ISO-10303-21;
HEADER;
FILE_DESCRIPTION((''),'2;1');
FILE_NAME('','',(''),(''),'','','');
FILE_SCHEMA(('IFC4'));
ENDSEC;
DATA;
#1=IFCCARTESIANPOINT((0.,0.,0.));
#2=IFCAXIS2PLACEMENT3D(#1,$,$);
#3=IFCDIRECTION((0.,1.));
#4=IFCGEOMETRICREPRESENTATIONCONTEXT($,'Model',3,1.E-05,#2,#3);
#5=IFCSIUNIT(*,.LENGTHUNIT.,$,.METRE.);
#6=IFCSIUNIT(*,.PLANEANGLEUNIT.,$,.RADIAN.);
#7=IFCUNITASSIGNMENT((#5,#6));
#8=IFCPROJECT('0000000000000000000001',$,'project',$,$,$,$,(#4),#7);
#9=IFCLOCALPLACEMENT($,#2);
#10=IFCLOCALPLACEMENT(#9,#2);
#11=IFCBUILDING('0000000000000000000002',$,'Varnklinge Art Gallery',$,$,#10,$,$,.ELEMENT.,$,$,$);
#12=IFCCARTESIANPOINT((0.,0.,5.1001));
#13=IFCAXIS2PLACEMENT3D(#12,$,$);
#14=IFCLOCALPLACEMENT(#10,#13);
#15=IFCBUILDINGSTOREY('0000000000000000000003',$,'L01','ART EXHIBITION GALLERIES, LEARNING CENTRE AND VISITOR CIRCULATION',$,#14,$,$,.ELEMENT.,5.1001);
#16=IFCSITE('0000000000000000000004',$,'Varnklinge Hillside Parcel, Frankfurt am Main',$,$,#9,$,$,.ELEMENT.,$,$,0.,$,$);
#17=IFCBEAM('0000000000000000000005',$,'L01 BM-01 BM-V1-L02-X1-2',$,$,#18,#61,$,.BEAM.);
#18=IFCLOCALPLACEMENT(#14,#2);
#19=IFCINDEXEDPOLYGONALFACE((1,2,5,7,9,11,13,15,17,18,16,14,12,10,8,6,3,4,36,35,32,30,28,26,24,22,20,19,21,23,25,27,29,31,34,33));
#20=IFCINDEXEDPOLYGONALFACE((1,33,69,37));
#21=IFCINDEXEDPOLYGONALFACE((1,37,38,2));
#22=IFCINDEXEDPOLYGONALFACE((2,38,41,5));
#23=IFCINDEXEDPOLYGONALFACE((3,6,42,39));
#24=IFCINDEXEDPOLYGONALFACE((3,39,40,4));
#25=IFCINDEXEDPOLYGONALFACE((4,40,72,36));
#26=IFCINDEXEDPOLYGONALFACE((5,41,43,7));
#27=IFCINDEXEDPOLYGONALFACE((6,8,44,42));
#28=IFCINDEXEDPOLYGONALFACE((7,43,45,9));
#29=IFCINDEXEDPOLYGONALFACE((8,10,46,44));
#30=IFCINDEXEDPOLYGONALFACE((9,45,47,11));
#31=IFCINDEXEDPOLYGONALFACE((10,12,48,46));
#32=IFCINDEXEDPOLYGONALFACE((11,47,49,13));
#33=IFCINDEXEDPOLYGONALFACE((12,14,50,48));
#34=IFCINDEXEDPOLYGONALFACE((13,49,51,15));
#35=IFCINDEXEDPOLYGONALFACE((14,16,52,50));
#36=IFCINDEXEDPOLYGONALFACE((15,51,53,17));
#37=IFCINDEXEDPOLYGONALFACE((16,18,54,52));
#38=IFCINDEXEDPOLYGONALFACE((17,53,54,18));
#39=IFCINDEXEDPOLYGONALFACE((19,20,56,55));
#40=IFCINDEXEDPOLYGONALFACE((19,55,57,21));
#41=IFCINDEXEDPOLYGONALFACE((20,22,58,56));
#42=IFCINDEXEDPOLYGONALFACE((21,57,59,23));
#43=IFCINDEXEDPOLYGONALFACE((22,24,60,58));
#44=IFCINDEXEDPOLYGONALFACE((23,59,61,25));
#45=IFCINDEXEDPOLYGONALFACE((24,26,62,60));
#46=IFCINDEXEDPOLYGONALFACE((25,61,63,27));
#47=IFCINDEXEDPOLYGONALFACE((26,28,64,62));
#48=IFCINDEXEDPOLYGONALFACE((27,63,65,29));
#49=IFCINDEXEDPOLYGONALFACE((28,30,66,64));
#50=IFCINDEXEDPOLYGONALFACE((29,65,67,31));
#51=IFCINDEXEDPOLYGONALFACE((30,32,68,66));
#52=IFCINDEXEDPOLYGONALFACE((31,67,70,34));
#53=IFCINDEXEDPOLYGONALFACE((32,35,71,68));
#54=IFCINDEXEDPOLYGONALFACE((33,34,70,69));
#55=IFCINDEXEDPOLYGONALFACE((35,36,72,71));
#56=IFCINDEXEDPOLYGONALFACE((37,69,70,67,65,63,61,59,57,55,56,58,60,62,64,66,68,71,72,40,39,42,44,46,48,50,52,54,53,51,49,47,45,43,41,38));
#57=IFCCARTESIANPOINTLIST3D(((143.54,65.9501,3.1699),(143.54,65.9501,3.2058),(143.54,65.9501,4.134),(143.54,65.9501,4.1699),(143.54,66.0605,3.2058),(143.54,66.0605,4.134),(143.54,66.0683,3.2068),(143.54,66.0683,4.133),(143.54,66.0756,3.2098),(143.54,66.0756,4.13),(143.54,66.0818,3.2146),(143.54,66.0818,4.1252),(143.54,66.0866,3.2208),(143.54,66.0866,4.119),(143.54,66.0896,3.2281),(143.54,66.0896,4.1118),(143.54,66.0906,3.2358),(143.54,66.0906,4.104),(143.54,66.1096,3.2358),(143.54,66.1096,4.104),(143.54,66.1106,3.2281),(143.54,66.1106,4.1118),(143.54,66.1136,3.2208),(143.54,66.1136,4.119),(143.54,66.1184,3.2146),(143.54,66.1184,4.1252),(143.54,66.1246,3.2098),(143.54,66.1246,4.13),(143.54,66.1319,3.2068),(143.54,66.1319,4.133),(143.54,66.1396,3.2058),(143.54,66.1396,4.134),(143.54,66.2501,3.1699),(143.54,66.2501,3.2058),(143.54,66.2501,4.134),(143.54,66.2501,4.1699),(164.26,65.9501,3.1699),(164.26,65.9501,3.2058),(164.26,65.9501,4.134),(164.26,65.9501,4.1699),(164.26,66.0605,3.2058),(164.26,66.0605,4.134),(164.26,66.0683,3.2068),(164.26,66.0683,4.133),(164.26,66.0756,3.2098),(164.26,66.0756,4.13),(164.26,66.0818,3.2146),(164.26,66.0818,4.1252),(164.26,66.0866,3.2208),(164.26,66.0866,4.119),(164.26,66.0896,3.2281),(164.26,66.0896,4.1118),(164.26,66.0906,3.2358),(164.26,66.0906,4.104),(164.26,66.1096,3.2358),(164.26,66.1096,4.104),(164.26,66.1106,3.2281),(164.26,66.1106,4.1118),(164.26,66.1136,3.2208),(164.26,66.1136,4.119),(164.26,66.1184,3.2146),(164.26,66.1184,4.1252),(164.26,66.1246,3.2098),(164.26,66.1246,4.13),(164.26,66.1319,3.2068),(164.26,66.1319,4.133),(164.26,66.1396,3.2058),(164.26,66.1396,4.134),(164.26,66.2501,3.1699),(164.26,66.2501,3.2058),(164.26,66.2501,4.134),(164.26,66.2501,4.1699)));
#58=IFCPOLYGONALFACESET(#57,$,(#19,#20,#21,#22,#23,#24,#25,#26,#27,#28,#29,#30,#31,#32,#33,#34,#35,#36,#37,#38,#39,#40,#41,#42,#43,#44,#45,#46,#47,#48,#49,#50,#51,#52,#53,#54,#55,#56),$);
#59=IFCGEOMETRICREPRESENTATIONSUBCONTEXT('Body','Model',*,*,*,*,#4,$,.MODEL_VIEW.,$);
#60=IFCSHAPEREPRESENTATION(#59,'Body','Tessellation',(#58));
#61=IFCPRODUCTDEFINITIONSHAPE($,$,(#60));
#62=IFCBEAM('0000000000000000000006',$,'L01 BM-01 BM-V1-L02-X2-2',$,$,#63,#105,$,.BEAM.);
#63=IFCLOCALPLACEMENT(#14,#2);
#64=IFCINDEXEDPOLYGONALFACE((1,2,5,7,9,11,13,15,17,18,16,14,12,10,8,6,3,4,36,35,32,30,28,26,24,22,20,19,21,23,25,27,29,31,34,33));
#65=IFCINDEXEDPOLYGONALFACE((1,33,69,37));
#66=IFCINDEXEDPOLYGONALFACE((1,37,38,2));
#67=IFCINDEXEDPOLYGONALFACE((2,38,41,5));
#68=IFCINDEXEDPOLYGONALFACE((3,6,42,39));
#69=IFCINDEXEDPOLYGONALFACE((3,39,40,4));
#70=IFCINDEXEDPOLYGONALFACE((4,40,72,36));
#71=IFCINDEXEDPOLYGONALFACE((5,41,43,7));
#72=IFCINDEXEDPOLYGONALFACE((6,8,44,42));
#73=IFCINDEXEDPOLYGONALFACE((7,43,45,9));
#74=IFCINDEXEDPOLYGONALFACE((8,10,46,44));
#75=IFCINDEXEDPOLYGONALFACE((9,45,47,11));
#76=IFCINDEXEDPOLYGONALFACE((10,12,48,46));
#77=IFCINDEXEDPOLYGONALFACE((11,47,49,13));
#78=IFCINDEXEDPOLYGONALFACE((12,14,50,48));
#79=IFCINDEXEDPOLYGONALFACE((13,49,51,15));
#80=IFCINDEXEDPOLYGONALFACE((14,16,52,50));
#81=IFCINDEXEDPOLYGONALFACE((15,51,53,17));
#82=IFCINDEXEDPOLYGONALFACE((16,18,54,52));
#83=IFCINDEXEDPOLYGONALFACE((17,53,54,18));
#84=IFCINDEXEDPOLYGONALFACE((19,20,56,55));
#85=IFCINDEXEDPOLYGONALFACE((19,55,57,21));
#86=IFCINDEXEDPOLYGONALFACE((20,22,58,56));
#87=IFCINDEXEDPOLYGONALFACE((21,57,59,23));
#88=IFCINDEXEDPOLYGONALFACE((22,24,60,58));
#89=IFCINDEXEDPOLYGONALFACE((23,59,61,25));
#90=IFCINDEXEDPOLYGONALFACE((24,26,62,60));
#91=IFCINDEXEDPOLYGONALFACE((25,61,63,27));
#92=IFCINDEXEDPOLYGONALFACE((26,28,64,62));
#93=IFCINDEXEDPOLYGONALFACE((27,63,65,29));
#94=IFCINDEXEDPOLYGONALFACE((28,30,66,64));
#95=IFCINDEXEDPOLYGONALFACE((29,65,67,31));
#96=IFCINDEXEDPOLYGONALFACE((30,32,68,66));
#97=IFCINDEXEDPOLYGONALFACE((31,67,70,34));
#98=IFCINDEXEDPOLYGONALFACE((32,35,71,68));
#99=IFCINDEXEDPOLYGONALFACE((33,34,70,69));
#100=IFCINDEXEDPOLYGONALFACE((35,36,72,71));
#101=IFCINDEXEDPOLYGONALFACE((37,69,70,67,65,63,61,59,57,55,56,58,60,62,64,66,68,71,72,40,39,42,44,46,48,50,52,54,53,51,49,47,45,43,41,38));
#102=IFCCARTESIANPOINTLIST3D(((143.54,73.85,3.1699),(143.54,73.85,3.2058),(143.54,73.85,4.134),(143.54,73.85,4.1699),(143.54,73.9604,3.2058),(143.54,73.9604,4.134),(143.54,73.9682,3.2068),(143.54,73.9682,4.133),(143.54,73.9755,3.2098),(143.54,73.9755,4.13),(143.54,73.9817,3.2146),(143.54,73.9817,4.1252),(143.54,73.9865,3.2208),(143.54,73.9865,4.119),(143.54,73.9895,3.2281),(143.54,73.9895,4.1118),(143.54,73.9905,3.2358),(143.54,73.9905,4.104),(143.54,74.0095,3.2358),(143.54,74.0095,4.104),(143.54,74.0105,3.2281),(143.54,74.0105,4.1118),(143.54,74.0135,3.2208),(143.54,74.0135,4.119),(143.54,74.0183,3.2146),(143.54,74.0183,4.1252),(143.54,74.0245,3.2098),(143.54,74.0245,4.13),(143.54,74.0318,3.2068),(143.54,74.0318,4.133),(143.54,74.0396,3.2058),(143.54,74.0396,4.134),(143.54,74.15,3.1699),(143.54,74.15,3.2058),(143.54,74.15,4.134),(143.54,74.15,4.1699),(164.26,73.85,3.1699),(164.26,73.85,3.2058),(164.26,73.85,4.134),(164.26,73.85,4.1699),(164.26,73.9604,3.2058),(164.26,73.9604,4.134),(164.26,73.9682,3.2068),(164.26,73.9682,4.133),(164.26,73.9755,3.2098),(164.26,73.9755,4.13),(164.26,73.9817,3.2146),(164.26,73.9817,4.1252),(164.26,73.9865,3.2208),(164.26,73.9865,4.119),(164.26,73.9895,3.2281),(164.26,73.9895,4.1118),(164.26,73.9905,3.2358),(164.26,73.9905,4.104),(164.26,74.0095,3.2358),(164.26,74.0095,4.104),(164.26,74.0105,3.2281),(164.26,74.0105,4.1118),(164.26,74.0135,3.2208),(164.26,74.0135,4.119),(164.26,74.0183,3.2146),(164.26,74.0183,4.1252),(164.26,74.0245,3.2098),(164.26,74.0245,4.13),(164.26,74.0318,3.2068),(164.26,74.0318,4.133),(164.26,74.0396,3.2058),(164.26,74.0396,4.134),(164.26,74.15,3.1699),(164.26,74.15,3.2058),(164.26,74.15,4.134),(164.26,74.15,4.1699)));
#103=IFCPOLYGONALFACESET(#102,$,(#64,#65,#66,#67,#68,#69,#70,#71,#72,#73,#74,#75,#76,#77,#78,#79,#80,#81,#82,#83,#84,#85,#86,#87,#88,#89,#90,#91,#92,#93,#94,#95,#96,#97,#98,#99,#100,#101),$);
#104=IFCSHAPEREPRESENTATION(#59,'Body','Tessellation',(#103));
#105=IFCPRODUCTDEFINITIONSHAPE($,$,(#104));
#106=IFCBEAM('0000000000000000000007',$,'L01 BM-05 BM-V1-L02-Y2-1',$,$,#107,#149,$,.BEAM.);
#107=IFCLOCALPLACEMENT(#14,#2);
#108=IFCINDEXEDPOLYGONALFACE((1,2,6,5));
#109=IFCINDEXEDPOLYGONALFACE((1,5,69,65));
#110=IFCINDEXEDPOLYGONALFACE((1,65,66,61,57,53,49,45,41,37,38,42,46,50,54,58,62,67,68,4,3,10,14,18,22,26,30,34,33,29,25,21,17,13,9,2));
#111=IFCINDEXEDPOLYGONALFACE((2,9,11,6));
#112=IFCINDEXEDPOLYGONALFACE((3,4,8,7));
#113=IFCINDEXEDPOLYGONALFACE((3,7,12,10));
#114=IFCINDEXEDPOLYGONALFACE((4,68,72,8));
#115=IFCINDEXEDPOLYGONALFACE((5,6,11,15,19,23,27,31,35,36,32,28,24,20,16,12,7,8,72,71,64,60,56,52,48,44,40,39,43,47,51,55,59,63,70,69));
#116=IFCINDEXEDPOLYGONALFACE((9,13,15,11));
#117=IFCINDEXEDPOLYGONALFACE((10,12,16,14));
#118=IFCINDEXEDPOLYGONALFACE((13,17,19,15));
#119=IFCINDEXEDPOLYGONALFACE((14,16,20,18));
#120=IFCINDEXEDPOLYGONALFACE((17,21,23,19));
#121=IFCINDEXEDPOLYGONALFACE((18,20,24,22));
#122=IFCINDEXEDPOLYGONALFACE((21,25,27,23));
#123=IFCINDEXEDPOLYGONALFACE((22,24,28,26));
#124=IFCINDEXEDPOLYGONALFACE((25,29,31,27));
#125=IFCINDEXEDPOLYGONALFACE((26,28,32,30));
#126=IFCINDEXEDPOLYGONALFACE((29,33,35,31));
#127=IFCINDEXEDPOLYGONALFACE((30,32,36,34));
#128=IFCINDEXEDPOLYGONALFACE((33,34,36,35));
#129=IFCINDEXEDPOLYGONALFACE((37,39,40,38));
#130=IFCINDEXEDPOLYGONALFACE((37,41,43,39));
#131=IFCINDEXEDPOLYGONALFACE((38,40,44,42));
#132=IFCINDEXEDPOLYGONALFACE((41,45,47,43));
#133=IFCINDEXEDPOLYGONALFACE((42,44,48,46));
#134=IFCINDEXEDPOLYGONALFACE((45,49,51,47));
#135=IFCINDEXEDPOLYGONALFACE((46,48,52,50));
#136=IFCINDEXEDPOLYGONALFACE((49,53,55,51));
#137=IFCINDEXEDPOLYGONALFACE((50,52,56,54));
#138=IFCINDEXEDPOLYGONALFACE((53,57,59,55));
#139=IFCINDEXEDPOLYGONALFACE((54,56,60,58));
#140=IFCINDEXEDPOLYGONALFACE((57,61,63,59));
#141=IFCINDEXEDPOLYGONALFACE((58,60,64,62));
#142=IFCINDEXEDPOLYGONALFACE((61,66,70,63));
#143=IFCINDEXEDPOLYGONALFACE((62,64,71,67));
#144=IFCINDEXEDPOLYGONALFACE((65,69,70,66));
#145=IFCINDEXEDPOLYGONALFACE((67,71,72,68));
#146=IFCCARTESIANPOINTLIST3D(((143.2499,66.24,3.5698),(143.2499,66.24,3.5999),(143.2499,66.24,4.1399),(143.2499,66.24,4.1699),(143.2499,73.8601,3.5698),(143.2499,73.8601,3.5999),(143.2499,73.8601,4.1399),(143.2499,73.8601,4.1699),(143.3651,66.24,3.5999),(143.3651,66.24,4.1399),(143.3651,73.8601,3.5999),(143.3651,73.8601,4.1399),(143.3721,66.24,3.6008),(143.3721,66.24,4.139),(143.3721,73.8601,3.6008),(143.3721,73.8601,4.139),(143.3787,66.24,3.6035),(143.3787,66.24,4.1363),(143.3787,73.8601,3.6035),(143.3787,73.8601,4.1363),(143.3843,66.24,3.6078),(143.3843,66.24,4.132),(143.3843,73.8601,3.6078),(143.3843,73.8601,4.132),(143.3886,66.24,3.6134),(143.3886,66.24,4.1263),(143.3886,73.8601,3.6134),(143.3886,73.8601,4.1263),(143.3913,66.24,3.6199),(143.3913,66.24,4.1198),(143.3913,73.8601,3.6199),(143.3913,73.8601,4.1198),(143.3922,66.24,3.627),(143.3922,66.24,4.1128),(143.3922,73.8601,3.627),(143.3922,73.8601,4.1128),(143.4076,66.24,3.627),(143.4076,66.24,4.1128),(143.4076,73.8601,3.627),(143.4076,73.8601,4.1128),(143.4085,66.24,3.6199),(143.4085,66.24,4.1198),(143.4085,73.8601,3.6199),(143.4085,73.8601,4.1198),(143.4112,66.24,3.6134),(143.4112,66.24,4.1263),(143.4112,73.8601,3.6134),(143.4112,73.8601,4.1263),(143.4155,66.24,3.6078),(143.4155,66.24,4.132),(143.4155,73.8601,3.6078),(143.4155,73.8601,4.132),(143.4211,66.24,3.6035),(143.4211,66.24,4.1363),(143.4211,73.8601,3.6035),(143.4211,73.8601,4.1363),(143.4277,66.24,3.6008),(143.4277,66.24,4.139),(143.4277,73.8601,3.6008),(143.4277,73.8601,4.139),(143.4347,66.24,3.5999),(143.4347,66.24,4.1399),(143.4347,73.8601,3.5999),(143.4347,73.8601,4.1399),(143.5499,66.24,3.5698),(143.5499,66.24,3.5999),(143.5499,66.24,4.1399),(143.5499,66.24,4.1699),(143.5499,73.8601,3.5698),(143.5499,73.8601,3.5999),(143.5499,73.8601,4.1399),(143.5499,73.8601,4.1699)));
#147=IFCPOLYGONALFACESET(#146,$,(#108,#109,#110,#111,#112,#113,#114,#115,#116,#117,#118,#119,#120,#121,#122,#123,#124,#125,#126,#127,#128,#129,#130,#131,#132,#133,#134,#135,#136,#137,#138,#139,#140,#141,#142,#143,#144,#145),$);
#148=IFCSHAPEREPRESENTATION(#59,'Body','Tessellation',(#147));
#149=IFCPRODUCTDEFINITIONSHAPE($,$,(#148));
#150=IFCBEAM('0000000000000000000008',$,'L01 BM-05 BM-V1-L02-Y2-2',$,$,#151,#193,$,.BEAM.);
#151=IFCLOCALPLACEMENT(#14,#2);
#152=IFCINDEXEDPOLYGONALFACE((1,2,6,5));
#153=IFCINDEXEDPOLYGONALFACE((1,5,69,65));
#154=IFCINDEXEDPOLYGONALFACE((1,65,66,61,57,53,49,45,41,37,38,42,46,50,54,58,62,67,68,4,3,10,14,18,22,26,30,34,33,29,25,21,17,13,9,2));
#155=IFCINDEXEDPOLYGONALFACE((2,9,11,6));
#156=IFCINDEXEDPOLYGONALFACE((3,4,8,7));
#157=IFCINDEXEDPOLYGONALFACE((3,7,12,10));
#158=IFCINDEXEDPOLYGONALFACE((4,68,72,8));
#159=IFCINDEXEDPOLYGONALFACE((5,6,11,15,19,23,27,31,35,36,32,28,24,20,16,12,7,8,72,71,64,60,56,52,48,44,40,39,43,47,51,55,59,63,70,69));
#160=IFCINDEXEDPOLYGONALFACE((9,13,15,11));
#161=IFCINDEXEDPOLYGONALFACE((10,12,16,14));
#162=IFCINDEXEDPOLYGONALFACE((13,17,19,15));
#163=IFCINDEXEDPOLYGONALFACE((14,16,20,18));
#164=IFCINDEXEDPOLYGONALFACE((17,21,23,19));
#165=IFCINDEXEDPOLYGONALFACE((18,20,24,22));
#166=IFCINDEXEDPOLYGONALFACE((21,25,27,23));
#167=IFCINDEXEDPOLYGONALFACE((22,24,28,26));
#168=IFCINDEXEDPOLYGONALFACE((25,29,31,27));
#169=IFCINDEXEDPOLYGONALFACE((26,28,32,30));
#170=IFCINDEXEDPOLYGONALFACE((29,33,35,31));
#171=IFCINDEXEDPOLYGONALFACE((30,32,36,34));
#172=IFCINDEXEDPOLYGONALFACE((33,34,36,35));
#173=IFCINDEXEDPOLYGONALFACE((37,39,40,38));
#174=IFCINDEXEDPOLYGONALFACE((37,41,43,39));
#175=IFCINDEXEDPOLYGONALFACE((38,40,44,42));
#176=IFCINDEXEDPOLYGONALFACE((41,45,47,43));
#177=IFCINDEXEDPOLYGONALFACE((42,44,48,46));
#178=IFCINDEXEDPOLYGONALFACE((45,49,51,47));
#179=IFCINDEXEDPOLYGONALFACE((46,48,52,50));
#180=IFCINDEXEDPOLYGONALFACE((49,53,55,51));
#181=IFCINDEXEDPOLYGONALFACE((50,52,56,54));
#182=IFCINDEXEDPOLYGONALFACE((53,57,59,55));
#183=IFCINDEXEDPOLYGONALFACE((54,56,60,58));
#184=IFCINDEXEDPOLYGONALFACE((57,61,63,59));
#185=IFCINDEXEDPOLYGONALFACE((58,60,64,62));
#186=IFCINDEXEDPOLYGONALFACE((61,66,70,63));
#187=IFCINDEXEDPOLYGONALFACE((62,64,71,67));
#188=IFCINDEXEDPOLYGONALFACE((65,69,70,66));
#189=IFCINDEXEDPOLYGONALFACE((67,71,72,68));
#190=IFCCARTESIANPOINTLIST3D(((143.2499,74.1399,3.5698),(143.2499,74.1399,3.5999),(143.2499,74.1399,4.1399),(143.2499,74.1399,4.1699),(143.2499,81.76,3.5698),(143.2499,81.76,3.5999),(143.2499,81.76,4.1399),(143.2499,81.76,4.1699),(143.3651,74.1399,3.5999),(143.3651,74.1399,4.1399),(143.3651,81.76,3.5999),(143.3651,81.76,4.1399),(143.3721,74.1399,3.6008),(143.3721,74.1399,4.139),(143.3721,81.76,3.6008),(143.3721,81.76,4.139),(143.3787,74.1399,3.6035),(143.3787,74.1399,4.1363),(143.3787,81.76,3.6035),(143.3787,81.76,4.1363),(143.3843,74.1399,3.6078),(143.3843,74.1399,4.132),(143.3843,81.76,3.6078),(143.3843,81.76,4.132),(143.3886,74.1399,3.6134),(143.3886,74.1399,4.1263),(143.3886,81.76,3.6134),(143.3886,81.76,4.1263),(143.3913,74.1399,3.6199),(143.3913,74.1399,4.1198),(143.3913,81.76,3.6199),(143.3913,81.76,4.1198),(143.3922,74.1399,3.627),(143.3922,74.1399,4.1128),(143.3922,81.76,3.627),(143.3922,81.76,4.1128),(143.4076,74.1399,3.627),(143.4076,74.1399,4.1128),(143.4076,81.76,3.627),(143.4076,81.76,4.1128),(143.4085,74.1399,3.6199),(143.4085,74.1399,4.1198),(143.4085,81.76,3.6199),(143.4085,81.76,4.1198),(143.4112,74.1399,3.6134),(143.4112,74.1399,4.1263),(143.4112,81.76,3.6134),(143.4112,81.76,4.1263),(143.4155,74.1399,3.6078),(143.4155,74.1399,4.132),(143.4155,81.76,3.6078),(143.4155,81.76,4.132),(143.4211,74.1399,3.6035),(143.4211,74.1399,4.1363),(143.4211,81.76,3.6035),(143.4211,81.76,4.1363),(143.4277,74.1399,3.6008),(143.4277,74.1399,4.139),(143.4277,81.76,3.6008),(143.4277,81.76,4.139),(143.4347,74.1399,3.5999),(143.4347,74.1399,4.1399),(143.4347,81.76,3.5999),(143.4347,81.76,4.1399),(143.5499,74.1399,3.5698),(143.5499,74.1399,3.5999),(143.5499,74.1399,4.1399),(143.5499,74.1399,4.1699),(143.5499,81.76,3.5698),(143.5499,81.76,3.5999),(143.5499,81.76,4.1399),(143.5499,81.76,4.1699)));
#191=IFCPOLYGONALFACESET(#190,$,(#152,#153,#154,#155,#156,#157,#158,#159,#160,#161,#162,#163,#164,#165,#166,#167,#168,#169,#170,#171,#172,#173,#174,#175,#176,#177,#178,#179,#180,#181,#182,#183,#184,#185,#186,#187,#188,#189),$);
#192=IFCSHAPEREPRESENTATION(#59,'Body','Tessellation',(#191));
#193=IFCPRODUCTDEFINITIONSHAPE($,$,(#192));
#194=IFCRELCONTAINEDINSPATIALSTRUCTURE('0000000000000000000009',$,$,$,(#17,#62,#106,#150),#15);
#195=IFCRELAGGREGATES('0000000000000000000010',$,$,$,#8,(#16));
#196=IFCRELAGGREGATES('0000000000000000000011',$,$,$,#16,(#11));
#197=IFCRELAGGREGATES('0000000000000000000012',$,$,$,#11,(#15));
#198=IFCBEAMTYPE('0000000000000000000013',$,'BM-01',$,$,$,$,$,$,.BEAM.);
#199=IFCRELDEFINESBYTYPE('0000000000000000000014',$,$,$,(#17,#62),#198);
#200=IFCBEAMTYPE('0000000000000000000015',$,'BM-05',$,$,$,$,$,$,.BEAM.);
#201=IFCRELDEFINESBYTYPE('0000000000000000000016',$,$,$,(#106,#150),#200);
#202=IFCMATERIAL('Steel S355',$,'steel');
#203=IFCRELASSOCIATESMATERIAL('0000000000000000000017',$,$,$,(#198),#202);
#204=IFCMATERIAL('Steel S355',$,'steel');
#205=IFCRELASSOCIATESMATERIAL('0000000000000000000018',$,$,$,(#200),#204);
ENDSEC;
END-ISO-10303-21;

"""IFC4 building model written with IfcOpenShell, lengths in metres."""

from ifc_helpers import new_model, si_unit, direction, frame, origin, origin_2d, place, context, subcontext, project, spatial, i_section, extrude, material, material_profile, profile_set, type_object, element, save


model = new_model("IFC4")

# Units and contexts
model_context = context("Model", 3, precision=1e-05, world=origin(), true_north=direction((0.0, 1.0)))
body_context = subcontext(model_context, "Body", "Model", "MODEL_VIEW")
ifc_project = project(units=[si_unit("LENGTHUNIT", "METRE"), si_unit("PLANEANGLEUNIT", "RADIAN")], contexts=[model_context])

# Site, building, storey
site_placement = place(None, origin())
site = spatial("IfcSite", under=ifc_project, at=site_placement, Name="Varnklinge Hillside Parcel, Frankfurt am Main", CompositionType="ELEMENT", RefElevation=0.0)
building_placement = place(site_placement, origin())
building = spatial("IfcBuilding", under=site, at=building_placement, Name="Varnklinge Art Gallery", CompositionType="ELEMENT")
storey_placement = place(building_placement, frame((0.0, 0.0, 5.1001)))
storey = spatial("IfcBuildingStorey", under=building, at=storey_placement, Name="L01", Description="ART EXHIBITION GALLERIES, LEARNING CENTRE AND VISITOR CIRCULATION", CompositionType="ELEMENT", Elevation=5.1001)

# Beams
ifc_material_1 = material(Name="Steel S355", Category="steel")
ifc_material_profile_1 = material_profile(ifc_material_1, i_section(OverallWidth=0.3, OverallDepth=1.0, WebThickness=0.019, FlangeThickness=0.0359, FilletRadius=0.03, at=origin_2d()), Name="HEB 1000")
ifc_profile_set_1 = profile_set([ifc_material_profile_1], Name="Steel S355")
beam_type_1 = type_object("IfcBeamType", Name="BM-01", PredefinedType="BEAM", material=ifc_profile_set_1)
for number, where, z_axis, x_axis, name in (
    (1, (143.54, 66.1001, 3.6699), (1.0, 0.0, 0.0), (0.0, 1.0, 0.0), "L01 BM-01 BM-V1-L02-X1-2"),
    (2, (143.54, 74.0, 3.6699), (1.0, 0.0, 0.0), (0.0, 1.0, 0.0), "L01 BM-01 BM-V1-L02-X2-2"),
):
    element("IfcBeam", number, at=place(storey_placement, frame(where, z_axis=z_axis, x_axis=x_axis)), inside=storey, type_object=beam_type_1, Name=name, PredefinedType="BEAM", context=body_context, shape_type="SweptSolid", body=[
        extrude(i_section(OverallWidth=0.3, OverallDepth=1.0, WebThickness=0.019, FlangeThickness=0.0359, FilletRadius=0.03, at=origin_2d()), origin(), (0.0, 0.0, 1.0), 20.72),
    ])
ifc_material_2 = material(Name="Steel S355", Category="steel")
ifc_material_profile_2 = material_profile(ifc_material_2, i_section(OverallWidth=0.3, OverallDepth=0.6001, WebThickness=0.0154, FlangeThickness=0.03, FilletRadius=0.0271, at=origin_2d()), Name="HEB 600")
ifc_profile_set_2 = profile_set([ifc_material_profile_2], Name="Steel S355")
beam_type_2 = type_object("IfcBeamType", Name="BM-05", PredefinedType="BEAM", material=ifc_profile_set_2)
for number, where, z_axis, x_axis, name in (
    (3, (143.3999, 66.24, 3.8699), (0.0, 1.0, 0.0), (-1.0, 0.0, 0.0), "L01 BM-05 BM-V1-L02-Y2-1"),
    (4, (143.3999, 74.1399, 3.8699), (0.0, 1.0, 0.0), (-1.0, 0.0, 0.0), "L01 BM-05 BM-V1-L02-Y2-2"),
):
    element("IfcBeam", number, at=place(storey_placement, frame(where, z_axis=z_axis, x_axis=x_axis)), inside=storey, type_object=beam_type_2, Name=name, PredefinedType="BEAM", context=body_context, shape_type="SweptSolid", body=[
        extrude(i_section(OverallWidth=0.3, OverallDepth=0.6001, WebThickness=0.0154, FlangeThickness=0.03, FilletRadius=0.0271, at=origin_2d()), origin(), (0.0, 0.0, 1.0), 7.6201),
    ])

save(model, "model.ifc")
